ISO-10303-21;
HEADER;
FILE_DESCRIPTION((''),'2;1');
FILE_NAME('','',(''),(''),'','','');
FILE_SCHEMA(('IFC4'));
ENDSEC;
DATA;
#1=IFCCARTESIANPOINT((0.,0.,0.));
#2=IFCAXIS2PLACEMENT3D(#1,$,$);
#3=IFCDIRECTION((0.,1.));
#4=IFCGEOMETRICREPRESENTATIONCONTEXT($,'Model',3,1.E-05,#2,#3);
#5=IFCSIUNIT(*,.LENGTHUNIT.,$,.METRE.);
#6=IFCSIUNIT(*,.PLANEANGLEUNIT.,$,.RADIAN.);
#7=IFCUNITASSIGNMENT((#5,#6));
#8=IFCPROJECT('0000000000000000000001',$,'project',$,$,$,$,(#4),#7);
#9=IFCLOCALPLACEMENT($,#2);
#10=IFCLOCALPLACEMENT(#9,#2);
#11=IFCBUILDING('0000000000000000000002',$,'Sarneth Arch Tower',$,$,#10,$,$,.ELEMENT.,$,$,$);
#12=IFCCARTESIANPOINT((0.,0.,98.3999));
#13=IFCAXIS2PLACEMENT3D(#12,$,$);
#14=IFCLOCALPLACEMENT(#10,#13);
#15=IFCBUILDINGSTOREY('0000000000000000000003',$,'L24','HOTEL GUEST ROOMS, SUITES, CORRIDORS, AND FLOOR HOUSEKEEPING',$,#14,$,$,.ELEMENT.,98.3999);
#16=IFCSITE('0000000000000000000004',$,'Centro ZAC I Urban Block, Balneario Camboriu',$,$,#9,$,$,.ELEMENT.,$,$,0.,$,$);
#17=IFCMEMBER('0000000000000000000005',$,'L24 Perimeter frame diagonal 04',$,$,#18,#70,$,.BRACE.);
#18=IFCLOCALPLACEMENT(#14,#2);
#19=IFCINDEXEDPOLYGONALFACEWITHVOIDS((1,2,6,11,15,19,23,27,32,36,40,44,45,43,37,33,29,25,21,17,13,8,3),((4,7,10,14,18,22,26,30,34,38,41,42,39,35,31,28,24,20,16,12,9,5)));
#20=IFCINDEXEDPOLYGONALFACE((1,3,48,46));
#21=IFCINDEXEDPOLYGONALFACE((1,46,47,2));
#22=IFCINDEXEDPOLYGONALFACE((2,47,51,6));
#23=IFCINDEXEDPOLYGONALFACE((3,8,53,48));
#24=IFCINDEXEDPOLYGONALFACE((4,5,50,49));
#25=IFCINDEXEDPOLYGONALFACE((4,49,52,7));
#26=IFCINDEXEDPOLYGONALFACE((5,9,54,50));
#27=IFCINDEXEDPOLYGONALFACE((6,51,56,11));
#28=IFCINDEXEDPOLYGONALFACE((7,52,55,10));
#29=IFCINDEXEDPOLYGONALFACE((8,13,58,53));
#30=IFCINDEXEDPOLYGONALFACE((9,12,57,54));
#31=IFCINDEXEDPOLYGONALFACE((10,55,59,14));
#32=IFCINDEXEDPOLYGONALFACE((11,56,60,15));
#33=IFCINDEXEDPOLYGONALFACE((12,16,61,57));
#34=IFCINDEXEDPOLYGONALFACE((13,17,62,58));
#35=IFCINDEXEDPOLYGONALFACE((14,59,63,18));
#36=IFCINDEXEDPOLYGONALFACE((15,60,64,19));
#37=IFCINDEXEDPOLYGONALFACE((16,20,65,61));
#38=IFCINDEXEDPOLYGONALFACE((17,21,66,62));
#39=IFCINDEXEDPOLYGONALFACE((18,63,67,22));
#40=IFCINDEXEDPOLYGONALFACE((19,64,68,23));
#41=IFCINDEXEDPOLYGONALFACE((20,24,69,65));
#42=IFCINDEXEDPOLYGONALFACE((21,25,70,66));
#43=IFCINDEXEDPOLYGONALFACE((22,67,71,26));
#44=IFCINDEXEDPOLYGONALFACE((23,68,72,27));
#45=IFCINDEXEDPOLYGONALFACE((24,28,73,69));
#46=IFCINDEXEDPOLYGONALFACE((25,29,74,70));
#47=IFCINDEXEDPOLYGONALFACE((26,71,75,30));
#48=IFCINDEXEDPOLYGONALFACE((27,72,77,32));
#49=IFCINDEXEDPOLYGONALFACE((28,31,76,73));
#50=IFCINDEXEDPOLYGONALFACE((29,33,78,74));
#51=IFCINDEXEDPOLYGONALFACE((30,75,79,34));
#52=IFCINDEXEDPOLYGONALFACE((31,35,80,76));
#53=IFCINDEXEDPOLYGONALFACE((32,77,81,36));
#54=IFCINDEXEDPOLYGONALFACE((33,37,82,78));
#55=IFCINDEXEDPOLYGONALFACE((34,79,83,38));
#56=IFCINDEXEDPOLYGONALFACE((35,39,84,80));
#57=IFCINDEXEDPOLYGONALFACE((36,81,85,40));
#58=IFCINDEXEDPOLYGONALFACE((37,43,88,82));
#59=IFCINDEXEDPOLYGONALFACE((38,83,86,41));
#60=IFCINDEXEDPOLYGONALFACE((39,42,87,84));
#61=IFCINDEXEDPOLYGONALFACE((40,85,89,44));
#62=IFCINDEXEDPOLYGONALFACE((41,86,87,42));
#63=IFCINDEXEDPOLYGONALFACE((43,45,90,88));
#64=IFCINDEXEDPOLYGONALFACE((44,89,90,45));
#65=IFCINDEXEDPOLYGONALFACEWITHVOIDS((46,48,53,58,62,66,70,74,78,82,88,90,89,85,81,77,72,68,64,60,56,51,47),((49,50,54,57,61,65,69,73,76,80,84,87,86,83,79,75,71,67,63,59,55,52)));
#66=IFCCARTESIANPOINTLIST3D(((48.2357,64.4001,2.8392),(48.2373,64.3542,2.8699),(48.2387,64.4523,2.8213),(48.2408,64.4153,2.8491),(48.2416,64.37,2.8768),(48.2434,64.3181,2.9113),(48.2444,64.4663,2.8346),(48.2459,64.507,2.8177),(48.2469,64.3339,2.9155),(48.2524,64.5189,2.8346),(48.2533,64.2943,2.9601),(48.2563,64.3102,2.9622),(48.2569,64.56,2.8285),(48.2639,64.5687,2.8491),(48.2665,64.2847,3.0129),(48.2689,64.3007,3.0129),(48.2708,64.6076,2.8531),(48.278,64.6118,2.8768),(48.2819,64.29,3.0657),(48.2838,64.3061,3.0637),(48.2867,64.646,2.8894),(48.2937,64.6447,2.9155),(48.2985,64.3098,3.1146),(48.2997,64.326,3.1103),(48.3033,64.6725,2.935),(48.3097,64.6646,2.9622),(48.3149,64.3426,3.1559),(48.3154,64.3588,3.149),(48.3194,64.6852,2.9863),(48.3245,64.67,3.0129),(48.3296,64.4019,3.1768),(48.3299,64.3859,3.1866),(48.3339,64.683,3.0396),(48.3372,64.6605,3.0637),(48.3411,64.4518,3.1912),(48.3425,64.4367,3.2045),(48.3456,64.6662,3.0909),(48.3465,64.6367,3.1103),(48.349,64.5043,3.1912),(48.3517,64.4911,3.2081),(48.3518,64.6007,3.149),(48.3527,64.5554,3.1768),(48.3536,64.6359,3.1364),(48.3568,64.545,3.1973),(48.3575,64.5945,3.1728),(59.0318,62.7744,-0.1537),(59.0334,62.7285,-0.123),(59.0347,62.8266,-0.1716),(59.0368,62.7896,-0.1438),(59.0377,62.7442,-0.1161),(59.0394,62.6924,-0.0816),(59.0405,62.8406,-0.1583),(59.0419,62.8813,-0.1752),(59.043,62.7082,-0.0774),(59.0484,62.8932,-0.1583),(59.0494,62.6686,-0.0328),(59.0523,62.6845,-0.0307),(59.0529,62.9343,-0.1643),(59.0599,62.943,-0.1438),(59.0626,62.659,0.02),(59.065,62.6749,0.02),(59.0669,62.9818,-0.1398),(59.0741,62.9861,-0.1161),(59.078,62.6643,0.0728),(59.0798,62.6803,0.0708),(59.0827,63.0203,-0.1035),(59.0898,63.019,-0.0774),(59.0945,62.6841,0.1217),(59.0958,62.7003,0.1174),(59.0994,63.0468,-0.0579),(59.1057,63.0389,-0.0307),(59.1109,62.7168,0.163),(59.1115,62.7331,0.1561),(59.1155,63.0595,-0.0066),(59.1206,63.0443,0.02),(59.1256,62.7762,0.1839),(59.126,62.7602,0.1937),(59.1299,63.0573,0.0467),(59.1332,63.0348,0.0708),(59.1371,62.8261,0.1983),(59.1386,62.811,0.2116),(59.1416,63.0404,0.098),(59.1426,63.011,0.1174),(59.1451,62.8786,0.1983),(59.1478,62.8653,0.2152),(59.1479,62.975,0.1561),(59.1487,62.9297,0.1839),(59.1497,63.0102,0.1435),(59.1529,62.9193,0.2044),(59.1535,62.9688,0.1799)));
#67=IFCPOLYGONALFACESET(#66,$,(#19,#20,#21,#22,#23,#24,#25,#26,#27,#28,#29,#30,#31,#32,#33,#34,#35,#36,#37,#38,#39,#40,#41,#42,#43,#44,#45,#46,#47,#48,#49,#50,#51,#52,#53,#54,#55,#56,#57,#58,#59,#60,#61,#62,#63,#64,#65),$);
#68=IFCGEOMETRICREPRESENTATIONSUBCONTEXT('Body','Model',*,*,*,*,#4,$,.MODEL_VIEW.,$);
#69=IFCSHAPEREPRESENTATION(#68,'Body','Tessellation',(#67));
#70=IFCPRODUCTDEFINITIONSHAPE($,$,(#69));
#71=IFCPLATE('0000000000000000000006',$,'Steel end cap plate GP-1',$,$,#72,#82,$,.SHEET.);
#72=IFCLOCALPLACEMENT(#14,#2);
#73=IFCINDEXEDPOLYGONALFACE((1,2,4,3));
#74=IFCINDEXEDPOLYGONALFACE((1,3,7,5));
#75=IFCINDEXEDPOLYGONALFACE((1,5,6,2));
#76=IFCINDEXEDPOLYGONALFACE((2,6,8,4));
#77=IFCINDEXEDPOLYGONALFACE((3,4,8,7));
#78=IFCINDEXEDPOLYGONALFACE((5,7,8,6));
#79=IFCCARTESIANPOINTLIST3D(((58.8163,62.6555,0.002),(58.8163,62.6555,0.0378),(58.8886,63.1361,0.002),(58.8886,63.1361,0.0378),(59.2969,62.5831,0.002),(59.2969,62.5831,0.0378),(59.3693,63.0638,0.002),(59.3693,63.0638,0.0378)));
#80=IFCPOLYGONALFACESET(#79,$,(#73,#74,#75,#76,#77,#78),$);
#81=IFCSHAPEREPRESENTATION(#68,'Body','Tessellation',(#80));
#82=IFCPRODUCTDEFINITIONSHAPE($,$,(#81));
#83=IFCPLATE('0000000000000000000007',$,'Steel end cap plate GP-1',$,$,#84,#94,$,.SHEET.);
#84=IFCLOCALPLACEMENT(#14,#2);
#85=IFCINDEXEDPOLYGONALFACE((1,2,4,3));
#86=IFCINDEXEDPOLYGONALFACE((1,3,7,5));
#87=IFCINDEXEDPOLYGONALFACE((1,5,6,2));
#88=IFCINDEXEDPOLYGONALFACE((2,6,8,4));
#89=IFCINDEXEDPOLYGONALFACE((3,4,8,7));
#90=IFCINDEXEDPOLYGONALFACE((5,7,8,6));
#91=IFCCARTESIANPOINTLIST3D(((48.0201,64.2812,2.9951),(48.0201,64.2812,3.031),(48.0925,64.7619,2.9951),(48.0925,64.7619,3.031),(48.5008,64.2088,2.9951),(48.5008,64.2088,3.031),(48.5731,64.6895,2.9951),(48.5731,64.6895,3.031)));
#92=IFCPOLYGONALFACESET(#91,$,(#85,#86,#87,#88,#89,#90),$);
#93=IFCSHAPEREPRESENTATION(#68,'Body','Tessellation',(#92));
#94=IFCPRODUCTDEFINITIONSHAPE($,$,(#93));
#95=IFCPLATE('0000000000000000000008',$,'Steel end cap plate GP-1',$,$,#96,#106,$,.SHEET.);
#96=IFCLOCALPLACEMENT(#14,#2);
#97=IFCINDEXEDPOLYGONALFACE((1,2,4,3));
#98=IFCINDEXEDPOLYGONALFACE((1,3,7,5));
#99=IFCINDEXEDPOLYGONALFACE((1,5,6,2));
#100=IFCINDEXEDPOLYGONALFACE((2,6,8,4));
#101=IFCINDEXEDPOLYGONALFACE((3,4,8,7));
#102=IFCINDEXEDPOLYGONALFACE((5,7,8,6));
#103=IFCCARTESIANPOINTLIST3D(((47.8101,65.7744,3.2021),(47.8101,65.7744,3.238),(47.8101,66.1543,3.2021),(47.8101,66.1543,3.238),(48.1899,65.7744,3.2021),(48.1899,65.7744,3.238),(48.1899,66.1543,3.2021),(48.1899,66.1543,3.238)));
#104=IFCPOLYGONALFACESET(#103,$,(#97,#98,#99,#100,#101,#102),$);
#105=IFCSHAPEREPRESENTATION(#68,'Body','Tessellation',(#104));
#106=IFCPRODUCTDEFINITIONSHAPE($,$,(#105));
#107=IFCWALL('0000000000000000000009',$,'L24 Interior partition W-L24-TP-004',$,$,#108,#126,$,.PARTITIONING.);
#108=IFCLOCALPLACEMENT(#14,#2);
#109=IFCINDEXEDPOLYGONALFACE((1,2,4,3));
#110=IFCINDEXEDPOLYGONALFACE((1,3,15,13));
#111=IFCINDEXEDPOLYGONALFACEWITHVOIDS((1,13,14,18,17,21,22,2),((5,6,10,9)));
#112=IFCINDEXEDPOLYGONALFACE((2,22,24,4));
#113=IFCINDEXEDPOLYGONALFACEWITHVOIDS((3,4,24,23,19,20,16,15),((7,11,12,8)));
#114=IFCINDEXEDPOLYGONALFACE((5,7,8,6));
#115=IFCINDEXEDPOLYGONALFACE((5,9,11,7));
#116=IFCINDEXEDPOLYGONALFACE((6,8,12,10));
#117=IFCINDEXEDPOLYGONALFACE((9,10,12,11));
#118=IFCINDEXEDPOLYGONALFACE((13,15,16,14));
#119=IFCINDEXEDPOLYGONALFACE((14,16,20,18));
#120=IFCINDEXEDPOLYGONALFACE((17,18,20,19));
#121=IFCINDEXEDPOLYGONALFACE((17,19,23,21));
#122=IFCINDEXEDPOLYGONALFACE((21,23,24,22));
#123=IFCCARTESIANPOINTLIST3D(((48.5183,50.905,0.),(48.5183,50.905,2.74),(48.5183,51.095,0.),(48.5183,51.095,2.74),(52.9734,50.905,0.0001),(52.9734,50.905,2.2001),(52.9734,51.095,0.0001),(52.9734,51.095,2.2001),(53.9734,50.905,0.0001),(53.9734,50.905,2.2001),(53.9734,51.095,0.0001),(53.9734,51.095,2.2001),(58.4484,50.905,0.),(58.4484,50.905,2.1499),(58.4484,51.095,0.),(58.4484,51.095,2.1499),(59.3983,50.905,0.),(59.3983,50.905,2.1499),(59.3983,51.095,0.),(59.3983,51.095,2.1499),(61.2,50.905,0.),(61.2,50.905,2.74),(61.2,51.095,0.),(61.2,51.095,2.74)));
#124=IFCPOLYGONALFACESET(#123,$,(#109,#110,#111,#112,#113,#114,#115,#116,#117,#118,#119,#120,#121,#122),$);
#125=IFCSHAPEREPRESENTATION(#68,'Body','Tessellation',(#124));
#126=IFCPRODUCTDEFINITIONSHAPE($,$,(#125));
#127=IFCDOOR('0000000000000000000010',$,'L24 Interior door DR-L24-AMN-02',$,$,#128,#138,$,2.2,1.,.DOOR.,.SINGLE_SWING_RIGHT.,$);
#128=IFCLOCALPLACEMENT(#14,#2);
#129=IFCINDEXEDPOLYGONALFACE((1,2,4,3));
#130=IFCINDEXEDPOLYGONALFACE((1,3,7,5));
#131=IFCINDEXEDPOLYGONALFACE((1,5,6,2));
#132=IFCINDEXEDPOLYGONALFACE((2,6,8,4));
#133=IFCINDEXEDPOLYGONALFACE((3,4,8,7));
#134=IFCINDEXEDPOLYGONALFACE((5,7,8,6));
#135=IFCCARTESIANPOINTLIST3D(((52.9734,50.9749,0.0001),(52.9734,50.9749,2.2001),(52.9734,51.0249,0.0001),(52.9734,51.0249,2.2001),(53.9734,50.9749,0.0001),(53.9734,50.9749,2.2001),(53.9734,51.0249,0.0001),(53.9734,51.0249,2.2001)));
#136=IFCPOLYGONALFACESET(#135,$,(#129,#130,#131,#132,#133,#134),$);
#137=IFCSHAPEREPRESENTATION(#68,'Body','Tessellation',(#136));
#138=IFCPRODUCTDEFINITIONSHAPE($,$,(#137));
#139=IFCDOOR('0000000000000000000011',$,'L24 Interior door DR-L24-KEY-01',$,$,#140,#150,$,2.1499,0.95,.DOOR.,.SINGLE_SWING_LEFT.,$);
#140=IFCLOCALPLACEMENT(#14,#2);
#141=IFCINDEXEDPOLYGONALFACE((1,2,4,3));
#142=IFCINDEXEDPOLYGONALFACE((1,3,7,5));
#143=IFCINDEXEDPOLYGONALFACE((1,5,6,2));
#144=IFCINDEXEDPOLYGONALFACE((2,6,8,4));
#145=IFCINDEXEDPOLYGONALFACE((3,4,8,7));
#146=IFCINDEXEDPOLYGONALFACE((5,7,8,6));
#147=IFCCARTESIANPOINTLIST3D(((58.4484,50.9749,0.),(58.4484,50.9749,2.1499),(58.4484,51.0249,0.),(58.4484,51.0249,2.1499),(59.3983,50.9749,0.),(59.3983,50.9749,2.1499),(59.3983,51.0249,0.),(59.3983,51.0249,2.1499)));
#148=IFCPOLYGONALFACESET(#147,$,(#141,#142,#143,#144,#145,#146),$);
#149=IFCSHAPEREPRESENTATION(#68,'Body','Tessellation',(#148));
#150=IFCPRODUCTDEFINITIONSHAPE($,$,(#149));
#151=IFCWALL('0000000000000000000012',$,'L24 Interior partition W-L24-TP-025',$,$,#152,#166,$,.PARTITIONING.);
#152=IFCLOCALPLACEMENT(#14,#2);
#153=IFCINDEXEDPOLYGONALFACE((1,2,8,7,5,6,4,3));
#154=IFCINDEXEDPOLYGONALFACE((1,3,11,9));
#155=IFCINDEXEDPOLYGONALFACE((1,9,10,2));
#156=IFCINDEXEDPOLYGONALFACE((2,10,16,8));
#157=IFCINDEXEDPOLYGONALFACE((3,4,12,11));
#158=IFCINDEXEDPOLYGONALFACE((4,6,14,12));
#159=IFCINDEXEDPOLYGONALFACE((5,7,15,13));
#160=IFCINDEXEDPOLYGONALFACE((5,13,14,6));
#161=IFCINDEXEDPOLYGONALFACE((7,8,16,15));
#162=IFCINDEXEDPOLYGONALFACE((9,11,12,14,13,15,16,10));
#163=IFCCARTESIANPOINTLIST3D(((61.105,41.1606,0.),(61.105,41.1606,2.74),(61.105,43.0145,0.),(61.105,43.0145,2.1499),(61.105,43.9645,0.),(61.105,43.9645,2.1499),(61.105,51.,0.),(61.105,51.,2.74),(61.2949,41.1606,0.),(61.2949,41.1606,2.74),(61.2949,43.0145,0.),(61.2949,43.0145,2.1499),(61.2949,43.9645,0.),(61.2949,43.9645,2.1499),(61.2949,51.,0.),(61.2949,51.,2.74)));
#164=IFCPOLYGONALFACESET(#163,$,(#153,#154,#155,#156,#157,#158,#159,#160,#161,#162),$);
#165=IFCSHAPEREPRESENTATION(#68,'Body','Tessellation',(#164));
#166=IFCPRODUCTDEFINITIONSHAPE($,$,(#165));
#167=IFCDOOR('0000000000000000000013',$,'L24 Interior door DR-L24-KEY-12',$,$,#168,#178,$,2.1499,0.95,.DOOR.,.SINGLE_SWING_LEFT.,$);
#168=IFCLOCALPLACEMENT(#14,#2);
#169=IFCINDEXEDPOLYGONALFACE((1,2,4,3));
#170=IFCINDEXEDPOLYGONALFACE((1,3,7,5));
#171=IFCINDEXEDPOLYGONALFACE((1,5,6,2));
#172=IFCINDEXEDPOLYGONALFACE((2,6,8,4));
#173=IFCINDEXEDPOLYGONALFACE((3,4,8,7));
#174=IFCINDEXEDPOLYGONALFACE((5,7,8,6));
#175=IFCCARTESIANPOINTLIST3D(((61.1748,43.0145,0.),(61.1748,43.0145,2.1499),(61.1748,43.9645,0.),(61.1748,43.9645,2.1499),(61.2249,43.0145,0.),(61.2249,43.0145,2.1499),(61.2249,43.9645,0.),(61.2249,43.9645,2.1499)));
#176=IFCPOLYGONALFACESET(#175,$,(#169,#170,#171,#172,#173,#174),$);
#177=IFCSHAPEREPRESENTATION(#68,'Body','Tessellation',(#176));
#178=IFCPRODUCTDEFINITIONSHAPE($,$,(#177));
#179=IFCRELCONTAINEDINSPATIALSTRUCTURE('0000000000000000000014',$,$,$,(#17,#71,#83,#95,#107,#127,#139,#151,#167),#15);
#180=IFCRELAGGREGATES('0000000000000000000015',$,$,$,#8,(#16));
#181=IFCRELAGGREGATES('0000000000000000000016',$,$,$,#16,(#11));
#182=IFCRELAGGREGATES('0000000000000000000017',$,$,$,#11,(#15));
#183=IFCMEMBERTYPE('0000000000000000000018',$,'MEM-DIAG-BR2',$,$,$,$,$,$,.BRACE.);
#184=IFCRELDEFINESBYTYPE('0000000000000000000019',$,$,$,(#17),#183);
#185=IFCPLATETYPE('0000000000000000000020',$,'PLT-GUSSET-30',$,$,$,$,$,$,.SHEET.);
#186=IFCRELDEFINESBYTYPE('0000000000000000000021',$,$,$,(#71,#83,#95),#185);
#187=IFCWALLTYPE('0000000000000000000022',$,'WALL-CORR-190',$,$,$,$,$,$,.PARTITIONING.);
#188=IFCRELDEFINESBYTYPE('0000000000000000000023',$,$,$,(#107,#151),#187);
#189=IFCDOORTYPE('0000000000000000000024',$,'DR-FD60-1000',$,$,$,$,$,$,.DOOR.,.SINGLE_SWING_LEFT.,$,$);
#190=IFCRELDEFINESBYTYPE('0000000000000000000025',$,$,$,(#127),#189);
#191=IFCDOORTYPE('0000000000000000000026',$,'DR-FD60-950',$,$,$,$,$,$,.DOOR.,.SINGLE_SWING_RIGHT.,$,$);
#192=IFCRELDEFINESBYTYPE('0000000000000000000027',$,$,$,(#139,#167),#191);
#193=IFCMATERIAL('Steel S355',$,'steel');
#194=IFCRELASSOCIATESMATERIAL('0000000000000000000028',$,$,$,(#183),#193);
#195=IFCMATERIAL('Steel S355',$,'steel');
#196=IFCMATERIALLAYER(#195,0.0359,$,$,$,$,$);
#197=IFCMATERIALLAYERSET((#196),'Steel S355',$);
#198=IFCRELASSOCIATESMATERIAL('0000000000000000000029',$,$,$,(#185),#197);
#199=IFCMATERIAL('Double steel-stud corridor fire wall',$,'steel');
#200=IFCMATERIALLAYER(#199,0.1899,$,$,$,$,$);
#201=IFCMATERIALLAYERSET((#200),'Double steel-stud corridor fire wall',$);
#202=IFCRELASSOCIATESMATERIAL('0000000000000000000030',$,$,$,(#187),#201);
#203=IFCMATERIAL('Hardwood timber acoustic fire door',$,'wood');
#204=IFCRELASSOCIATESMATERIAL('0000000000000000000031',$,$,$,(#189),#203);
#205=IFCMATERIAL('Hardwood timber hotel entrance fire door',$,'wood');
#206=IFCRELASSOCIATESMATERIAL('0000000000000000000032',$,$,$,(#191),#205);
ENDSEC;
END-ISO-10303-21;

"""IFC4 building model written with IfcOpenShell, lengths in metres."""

from ifc_helpers import new_model, si_unit, direction, frame, frame_2d, origin, origin_2d, place, context, subcontext, project, spatial, rectangle, hollow_circle, extrude, material, layer, layer_set, material_profile, profile_set, type_object, element, fill, save


model = new_model("IFC4")

# Units and contexts
model_context = context("Model", 3, precision=1e-05, world=origin(), true_north=direction((0.0, 1.0)))
body_context = subcontext(model_context, "Body", "Model", "MODEL_VIEW")
ifc_project = project(units=[si_unit("LENGTHUNIT", "METRE"), si_unit("PLANEANGLEUNIT", "RADIAN")], contexts=[model_context])

# Site, building, storey
site_placement = place(None, origin())
site = spatial("IfcSite", under=ifc_project, at=site_placement, Name="Centro ZAC I Urban Block, Balneario Camboriu", CompositionType="ELEMENT", RefElevation=0.0)
building_placement = place(site_placement, origin())
building = spatial("IfcBuilding", under=site, at=building_placement, Name="Sarneth Arch Tower", CompositionType="ELEMENT")
storey_placement = place(building_placement, frame((0.0, 0.0, 98.3999)))
storey = spatial("IfcBuildingStorey", under=building, at=storey_placement, Name="L24", Description="HOTEL GUEST ROOMS, SUITES, CORRIDORS, AND FLOOR HOUSEKEEPING", CompositionType="ELEMENT", Elevation=98.3999)

# Member
ifc_material_1 = material(Name="Steel S355", Category="steel")
ifc_material_profile_1 = material_profile(ifc_material_1, hollow_circle(Radius=0.2029, WallThickness=0.0161, at=origin_2d()), Name="CHS406x16")
ifc_profile_set_1 = profile_set([ifc_material_profile_1], Name="Steel S355")
member_type_1 = type_object("IfcMemberType", Name="MEM-DIAG-BR2", PredefinedType="BRACE", material=ifc_profile_set_1)
member_1_placement = place(storey_placement, frame((59.0928, 62.8596, 0.02), z_axis=(-0.953668, 0.143608, 0.264377), x_axis=(-0.148906, -0.988851, 0.0)))
element("IfcMember", 1, at=member_1_placement, inside=storey, type_object=member_type_1, Name="L24 Perimeter frame diagonal 04", PredefinedType="BRACE", context=body_context, shape_type="SweptSolid", body=[
    extrude(hollow_circle(Radius=0.2029, WallThickness=0.0161, at=origin_2d()), origin(), (0.0, 0.0, 1.0), 11.3206),
])

# Plates
ifc_material_2 = material(Name="Steel S355", Category="steel")
ifc_layer_1 = layer(ifc_material_2, 0.0359)
ifc_layer_set_1 = layer_set([ifc_layer_1], Name="Steel S355")
plate_type = type_object("IfcPlateType", Name="PLT-GUSSET-30", PredefinedType="SHEET", material=ifc_layer_set_1)
for number, where, z_axis, x_axis, name in (
    (2, (59.0928, 62.8596, 0.002), (0.0, 0.0, 1.0), (-0.988861, 0.148845, 0.0), "Steel end cap plate GP-1"),
    (3, (48.2966, 64.4854, 2.9951), (0.0, 0.0, 1.0), (-0.988861, 0.148845, 0.0), "Steel end cap plate GP-1"),
):
    element("IfcPlate", number, at=place(storey_placement, frame(where, z_axis=z_axis, x_axis=x_axis)), inside=storey, type_object=plate_type, Name=name, PredefinedType="SHEET", context=body_context, shape_type="SweptSolid", body=[
        extrude(rectangle(XDim=0.4861, YDim=0.4861, at=origin_2d()), origin(), (0.0, 0.0, 1.0), 0.0359),
    ])
plate_placement = place(storey_placement, frame((48.0, 65.9644, 3.2021), z_axis=(0.0, 0.0, 1.0), x_axis=(0.0, 1.0, 0.0)))
element("IfcPlate", 4, at=plate_placement, inside=storey, type_object=plate_type, Name="Steel end cap plate GP-1", PredefinedType="SHEET", context=body_context, shape_type="SweptSolid", body=[
    extrude(rectangle(XDim=0.3799, YDim=0.3799, at=origin_2d()), origin(), (0.0, 0.0, 1.0), 0.0359),
])

# Wall, openings, doors
ifc_material_3 = material(Name="Double steel-stud corridor fire wall", Category="steel")
ifc_layer_2 = layer(ifc_material_3, 0.1899)
ifc_layer_set_2 = layer_set([ifc_layer_2], Name="Double steel-stud corridor fire wall")
wall_type_1 = type_object("IfcWallType", Name="WALL-CORR-190", PredefinedType="PARTITIONING", material=ifc_layer_set_2)
wall_1_placement = place(storey_placement, frame((48.5183, 51.0, 0.0), z_axis=(0.0, 0.0, 1.0), x_axis=(1.0, 0.0, 0.0)))
wall_1 = element("IfcWall", 5, at=wall_1_placement, inside=storey, type_object=wall_type_1, Name="L24 Interior partition W-L24-TP-004", PredefinedType="PARTITIONING", context=body_context, shape_type="SweptSolid", body=[
    extrude(rectangle(XDim=12.6816, YDim=0.1899, at=frame_2d((6.3408, 0.0))), origin(), (0.0, 0.0, 1.0), 2.74),
])
opening_1_placement = place(wall_1_placement, frame((4.4551, 0.0, 0.0)))
opening_1 = element("IfcOpeningElement", 6, at=opening_1_placement, cuts=wall_1, PredefinedType="OPENING", context=body_context, shape_type="SweptSolid", body=[
    extrude(rectangle(XDim=1.0, YDim=2.2, at=frame_2d((0.5, 1.1001))), frame((0.0, 0.105, 0.0), z_axis=(0.0, -1.0, 0.0), x_axis=(1.0, 0.0, 0.0)), (0.0, 0.0, 1.0), 0.21),
])
opening_2_placement = place(wall_1_placement, frame((9.9299, 0.0, 0.0)))
opening_2 = element("IfcOpeningElement", 7, at=opening_2_placement, cuts=wall_1, PredefinedType="OPENING", context=body_context, shape_type="SweptSolid", body=[
    extrude(rectangle(XDim=0.95, YDim=2.1499, at=frame_2d((0.4751, 1.075))), frame((0.0, 0.105, 0.0), z_axis=(0.0, -1.0, 0.0), x_axis=(1.0, 0.0, 0.0)), (0.0, 0.0, 1.0), 0.21),
])
ifc_material_4 = material(Name="Hardwood timber acoustic fire door", Category="wood")
door_type_1 = type_object("IfcDoorType", Name="DR-FD60-1000", OperationType="SINGLE_SWING_LEFT", PredefinedType="DOOR", material=ifc_material_4)
door_1_placement = place(opening_1_placement, origin())
door_1 = element("IfcDoor", 8, at=door_1_placement, inside=storey, type_object=door_type_1, Name="L24 Interior door DR-L24-AMN-02", OperationType="SINGLE_SWING_RIGHT", OverallHeight=2.2, OverallWidth=1.0, PredefinedType="DOOR", context=body_context, shape_type="SweptSolid", body=[
    extrude(rectangle(XDim=1.0, YDim=2.2, at=frame_2d((0.5, 1.1001))), frame((0.0, 0.0249, 0.0), z_axis=(0.0, -1.0, 0.0), x_axis=(1.0, 0.0, 0.0)), (0.0, 0.0, 1.0), 0.05),
])
fill(opening_1, door_1)
ifc_material_5 = material(Name="Hardwood timber hotel entrance fire door", Category="wood")
door_type_2 = type_object("IfcDoorType", Name="DR-FD60-950", OperationType="SINGLE_SWING_RIGHT", PredefinedType="DOOR", material=ifc_material_5)
door_2_placement = place(opening_2_placement, origin())
door_2 = element("IfcDoor", 9, at=door_2_placement, inside=storey, type_object=door_type_2, Name="L24 Interior door DR-L24-KEY-01", OperationType="SINGLE_SWING_LEFT", OverallHeight=2.1499, OverallWidth=0.95, PredefinedType="DOOR", context=body_context, shape_type="SweptSolid", body=[
    extrude(rectangle(XDim=0.95, YDim=2.1499, at=frame_2d((0.4751, 1.075))), frame((0.0, 0.0249, 0.0), z_axis=(0.0, -1.0, 0.0), x_axis=(1.0, 0.0, 0.0)), (0.0, 0.0, 1.0), 0.05),
])
fill(opening_2, door_2)

# Wall, opening, door
wall_2_placement = place(storey_placement, frame((61.2, 51.0, 0.0), z_axis=(0.0, 0.0, 1.0), x_axis=(0.0, -1.0, 0.0)))
wall_2 = element("IfcWall", 10, at=wall_2_placement, inside=storey, type_object=wall_type_1, Name="L24 Interior partition W-L24-TP-025", PredefinedType="PARTITIONING", context=body_context, shape_type="SweptSolid", body=[
    extrude(rectangle(XDim=9.8394, YDim=0.1899, at=frame_2d((4.9197, 0.0))), origin(), (0.0, 0.0, 1.0), 2.74),
])
opening_3_placement = place(wall_2_placement, frame((7.0354, 0.0, 0.0)))
opening_3 = element("IfcOpeningElement", 11, at=opening_3_placement, cuts=wall_2, PredefinedType="OPENING", context=body_context, shape_type="SweptSolid", body=[
    extrude(rectangle(XDim=0.95, YDim=2.1499, at=frame_2d((0.4751, 1.075))), frame((0.0, 0.105, 0.0), z_axis=(0.0, -1.0, 0.0), x_axis=(1.0, 0.0, 0.0)), (0.0, 0.0, 1.0), 0.21),
])
door_3_placement = place(opening_3_placement, origin())
door_3 = element("IfcDoor", 12, at=door_3_placement, inside=storey, type_object=door_type_2, Name="L24 Interior door DR-L24-KEY-12", OperationType="SINGLE_SWING_LEFT", OverallHeight=2.1499, OverallWidth=0.95, PredefinedType="DOOR", context=body_context, shape_type="SweptSolid", body=[
    extrude(rectangle(XDim=0.95, YDim=2.1499, at=frame_2d((0.4751, 1.075))), frame((0.0, 0.0249, 0.0), z_axis=(0.0, -1.0, 0.0), x_axis=(1.0, 0.0, 0.0)), (0.0, 0.0, 1.0), 0.05),
])
fill(opening_3, door_3)

save(model, "model.ifc")
